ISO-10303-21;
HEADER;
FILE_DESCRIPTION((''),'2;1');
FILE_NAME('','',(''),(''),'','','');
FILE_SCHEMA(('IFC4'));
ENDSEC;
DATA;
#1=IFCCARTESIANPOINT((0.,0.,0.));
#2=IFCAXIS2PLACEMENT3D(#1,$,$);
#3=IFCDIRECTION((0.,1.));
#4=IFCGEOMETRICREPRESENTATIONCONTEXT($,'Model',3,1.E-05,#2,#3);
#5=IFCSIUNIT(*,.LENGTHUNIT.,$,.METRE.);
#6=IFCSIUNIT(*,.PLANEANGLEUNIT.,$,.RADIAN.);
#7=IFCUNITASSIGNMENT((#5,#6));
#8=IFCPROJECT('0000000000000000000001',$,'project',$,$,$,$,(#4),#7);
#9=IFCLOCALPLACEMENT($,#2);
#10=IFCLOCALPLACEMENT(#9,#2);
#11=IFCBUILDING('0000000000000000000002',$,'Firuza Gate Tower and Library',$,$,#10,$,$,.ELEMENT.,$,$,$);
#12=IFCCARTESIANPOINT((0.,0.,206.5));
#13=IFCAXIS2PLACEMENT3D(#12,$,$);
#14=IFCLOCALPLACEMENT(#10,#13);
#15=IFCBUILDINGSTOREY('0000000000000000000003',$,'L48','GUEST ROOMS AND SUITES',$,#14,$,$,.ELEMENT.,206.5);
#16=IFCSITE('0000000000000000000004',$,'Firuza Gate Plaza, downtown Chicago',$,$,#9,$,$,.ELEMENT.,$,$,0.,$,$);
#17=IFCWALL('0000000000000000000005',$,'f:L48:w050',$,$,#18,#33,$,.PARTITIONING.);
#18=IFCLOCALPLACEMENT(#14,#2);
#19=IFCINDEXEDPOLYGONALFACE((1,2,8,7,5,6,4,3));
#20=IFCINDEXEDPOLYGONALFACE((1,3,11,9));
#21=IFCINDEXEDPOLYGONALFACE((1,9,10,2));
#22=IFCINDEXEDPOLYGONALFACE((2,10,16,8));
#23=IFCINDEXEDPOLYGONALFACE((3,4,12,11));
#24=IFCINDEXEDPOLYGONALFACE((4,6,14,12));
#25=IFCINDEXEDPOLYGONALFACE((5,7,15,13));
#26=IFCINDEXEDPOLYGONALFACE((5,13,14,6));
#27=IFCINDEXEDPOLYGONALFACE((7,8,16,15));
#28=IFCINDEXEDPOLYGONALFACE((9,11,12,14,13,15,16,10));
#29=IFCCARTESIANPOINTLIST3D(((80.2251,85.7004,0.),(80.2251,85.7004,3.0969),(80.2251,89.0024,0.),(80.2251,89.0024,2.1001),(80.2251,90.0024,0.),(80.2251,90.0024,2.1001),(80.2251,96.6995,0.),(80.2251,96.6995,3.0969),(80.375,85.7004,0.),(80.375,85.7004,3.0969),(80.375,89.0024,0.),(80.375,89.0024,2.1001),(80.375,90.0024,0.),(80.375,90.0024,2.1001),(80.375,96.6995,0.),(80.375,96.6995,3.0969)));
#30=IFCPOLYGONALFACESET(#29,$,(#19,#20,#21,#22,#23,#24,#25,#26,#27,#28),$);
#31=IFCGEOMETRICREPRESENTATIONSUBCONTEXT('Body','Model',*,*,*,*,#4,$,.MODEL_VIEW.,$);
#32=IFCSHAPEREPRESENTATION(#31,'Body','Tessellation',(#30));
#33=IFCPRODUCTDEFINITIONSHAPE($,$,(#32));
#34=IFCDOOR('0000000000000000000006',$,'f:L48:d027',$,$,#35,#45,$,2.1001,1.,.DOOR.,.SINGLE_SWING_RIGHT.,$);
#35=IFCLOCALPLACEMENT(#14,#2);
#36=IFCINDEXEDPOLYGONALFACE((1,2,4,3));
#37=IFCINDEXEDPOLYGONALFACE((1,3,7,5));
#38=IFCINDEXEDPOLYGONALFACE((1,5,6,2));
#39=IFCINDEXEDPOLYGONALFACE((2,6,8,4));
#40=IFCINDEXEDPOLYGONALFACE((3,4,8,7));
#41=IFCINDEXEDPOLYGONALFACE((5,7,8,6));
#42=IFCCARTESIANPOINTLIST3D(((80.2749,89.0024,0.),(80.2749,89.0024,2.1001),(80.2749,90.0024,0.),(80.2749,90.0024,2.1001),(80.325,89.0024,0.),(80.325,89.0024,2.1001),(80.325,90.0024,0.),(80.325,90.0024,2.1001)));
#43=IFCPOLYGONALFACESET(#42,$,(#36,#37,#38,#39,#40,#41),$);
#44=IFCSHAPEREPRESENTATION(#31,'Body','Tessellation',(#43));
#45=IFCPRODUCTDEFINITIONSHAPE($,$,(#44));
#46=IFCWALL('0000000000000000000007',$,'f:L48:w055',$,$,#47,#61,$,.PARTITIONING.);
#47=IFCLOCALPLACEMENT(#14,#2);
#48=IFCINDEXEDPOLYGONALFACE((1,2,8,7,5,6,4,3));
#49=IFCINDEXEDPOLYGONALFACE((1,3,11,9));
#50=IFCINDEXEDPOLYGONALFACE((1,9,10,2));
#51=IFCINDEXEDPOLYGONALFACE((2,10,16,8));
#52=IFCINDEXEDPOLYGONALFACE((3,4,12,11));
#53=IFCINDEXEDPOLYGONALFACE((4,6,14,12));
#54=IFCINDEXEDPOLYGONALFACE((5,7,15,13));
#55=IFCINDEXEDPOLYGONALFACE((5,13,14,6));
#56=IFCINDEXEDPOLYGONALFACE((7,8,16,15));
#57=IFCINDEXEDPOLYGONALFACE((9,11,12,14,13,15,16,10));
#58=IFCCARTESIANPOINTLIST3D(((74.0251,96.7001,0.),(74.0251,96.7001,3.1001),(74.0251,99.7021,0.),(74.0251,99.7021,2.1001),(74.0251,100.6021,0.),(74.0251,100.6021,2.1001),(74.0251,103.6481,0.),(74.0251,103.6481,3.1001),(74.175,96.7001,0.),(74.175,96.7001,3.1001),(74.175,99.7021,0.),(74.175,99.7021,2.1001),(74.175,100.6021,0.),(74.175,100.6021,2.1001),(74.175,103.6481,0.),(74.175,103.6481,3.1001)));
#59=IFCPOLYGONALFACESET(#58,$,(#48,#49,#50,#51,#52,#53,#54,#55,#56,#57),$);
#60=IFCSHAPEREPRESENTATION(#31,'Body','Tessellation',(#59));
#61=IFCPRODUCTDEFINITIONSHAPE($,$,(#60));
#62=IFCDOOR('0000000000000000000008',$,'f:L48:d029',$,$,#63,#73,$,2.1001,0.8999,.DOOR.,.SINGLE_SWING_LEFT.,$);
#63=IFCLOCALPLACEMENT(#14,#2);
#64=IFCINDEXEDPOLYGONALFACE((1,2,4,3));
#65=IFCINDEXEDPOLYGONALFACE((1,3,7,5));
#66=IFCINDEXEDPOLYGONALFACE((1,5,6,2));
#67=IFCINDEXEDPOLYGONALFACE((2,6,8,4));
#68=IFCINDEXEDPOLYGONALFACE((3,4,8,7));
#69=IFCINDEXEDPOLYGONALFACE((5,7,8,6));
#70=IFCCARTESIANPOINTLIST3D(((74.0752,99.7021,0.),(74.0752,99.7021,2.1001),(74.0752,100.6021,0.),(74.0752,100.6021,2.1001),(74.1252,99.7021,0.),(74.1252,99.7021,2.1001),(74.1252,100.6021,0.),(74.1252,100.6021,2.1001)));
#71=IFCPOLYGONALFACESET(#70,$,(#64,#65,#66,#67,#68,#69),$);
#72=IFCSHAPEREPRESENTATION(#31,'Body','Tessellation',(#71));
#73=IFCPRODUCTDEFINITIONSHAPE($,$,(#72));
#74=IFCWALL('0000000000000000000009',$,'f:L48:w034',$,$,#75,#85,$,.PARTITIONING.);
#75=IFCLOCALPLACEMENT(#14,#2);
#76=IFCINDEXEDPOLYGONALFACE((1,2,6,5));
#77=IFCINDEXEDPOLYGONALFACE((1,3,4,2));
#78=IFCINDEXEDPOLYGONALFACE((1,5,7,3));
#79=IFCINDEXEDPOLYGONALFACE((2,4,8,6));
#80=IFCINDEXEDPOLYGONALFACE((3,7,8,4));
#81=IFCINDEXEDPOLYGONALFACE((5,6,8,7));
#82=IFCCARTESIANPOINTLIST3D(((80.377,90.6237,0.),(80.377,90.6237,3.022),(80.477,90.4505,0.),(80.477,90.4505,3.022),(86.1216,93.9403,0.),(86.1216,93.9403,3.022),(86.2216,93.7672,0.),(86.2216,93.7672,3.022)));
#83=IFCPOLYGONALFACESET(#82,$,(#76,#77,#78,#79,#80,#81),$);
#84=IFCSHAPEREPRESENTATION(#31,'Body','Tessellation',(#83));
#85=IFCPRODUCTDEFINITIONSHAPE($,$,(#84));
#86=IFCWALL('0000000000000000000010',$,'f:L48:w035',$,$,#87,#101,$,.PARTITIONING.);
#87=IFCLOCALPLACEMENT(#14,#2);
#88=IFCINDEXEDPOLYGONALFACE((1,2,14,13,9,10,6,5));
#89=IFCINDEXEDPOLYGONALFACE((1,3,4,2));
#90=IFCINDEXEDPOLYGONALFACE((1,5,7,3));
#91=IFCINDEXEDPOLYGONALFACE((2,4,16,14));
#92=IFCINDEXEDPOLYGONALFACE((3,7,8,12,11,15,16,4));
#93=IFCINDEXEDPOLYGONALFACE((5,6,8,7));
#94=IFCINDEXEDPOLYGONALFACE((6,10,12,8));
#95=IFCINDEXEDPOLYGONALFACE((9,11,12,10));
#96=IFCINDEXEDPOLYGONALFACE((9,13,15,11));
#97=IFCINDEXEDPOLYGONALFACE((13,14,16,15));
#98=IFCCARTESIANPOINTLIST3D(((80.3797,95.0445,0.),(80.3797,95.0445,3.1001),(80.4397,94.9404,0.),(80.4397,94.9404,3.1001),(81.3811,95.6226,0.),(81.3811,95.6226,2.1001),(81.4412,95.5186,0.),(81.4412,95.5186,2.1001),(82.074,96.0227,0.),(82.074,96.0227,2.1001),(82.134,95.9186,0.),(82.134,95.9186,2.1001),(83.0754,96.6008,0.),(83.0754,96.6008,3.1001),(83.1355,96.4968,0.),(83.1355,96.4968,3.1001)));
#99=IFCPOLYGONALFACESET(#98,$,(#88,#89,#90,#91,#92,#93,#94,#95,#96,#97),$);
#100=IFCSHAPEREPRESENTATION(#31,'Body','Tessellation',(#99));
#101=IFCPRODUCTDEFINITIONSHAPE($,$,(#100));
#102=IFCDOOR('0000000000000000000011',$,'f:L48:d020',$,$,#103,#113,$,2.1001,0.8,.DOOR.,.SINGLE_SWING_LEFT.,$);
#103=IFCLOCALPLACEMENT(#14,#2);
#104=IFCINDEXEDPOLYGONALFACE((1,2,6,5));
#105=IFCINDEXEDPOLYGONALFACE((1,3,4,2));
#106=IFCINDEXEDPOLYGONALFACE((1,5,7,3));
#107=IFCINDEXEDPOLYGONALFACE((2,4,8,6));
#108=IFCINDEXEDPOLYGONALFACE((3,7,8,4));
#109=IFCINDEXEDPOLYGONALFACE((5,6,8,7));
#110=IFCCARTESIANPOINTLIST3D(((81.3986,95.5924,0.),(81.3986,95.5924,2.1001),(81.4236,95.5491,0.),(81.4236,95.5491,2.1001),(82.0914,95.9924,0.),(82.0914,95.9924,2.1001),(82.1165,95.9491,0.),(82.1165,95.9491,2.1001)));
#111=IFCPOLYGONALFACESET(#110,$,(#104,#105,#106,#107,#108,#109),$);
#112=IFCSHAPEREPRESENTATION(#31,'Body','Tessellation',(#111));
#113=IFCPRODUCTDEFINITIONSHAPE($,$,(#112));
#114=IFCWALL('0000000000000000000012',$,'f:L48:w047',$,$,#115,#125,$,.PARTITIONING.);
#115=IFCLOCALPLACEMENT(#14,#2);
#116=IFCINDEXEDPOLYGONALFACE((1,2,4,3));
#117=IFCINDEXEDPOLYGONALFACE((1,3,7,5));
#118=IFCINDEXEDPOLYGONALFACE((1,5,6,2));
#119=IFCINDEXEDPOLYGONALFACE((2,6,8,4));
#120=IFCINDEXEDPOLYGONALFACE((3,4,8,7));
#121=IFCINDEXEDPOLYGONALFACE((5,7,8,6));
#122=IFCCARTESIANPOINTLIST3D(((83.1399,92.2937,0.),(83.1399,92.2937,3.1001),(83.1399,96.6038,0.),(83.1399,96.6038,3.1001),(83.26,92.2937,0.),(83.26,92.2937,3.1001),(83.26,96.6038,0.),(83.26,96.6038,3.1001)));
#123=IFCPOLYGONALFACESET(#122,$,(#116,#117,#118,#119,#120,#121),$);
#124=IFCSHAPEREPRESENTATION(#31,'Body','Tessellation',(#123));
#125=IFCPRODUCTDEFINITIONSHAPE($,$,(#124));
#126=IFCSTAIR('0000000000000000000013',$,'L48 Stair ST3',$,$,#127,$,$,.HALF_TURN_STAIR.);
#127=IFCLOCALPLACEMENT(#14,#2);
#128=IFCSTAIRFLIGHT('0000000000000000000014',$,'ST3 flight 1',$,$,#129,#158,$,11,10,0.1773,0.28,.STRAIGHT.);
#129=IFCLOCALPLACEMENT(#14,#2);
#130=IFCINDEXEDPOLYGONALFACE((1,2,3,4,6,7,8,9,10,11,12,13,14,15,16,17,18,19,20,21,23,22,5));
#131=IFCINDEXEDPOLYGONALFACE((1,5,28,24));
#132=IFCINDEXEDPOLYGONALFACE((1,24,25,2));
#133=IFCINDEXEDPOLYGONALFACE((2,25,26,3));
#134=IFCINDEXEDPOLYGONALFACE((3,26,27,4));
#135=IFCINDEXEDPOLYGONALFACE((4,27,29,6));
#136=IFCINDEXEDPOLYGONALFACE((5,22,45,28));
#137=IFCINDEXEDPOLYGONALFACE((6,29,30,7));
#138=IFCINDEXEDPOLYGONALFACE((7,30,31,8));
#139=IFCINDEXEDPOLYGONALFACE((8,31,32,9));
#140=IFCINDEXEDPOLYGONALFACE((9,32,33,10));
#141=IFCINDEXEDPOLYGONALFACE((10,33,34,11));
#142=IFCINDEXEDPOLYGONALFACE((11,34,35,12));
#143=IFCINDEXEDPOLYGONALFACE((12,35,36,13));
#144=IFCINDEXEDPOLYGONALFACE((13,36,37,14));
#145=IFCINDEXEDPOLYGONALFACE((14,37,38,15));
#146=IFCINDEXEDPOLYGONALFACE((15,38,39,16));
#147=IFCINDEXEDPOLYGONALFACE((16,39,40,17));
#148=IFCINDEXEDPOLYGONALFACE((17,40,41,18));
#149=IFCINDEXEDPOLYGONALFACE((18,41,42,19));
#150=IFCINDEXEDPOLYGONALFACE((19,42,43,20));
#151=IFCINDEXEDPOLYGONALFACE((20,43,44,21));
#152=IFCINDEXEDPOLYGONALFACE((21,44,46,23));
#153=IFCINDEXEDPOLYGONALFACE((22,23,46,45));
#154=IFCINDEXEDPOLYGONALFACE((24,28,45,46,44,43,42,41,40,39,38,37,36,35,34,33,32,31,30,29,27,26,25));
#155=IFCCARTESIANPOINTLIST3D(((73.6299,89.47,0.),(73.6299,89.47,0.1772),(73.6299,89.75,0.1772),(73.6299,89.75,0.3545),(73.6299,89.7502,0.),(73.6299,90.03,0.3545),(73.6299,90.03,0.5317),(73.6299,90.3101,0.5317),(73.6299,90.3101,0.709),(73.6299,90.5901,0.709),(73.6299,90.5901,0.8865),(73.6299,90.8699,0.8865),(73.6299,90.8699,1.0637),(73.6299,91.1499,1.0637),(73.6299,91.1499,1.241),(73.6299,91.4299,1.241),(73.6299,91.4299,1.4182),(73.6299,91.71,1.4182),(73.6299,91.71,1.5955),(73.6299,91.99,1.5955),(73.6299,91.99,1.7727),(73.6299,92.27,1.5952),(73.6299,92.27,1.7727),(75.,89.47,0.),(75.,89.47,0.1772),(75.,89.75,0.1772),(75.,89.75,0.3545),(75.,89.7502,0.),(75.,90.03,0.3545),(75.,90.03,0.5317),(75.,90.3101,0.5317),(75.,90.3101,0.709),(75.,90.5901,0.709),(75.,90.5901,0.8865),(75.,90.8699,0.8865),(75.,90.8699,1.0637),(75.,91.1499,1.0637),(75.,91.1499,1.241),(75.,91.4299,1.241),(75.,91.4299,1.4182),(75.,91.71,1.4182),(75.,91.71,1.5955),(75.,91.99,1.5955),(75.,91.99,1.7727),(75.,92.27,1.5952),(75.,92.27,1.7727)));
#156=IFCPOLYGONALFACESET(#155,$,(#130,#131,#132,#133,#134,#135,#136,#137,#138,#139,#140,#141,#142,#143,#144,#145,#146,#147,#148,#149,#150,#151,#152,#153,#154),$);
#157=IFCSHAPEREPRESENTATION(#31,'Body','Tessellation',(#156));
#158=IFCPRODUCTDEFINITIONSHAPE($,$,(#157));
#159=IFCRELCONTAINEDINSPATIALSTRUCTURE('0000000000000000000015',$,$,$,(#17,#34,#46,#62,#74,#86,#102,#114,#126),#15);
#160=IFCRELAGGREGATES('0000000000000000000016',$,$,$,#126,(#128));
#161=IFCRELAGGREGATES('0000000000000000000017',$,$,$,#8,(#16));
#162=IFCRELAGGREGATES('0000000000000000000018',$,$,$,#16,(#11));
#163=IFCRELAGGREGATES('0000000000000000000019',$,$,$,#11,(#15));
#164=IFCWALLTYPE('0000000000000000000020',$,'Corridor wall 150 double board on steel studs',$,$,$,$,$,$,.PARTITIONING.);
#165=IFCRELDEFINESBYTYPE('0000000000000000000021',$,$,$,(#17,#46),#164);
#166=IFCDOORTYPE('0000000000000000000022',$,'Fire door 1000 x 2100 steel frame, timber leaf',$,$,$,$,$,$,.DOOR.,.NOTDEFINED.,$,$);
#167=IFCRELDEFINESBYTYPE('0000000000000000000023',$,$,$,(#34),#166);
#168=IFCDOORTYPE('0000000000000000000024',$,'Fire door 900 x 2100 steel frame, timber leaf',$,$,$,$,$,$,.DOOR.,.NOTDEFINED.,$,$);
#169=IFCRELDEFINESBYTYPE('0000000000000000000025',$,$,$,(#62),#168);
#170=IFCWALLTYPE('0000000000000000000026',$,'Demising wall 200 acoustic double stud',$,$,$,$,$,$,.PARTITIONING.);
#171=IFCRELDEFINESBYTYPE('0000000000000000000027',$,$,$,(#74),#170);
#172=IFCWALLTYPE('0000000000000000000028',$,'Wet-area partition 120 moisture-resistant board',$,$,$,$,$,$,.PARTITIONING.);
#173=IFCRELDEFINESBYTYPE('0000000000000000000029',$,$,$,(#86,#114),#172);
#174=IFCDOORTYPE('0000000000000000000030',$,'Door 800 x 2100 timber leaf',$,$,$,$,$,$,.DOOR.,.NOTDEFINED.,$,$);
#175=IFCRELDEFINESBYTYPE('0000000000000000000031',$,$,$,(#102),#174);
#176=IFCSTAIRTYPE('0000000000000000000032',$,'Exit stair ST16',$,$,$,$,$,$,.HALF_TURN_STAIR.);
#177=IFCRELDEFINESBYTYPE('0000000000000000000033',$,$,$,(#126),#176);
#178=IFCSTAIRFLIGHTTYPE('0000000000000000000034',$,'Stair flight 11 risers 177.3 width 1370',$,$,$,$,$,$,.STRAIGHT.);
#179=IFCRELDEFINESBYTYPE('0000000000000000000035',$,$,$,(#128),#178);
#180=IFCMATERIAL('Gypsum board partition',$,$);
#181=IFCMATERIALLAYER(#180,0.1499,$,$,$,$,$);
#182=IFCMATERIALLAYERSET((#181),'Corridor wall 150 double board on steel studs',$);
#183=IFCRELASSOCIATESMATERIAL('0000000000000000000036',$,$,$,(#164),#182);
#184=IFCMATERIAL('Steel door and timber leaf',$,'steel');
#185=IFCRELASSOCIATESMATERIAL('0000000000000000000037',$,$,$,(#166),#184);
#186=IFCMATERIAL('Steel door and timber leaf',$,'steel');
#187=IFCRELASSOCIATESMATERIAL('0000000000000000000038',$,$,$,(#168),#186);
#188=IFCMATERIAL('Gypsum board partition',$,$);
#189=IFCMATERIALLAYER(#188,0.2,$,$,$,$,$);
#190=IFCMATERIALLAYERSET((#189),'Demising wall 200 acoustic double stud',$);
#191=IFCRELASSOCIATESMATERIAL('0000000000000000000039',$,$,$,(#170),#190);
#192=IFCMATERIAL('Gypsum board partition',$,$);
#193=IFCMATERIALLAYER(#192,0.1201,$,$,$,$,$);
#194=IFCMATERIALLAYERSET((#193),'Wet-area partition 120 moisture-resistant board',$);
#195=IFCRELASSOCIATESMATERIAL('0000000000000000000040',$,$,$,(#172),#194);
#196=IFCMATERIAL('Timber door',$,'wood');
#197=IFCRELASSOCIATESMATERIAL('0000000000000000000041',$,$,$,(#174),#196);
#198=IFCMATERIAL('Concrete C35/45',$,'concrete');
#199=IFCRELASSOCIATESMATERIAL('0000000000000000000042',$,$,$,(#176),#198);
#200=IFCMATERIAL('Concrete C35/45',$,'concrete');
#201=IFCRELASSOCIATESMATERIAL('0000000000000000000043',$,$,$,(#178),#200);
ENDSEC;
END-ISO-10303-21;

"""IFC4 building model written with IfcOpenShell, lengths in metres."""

from ifc_helpers import new_model, si_unit, direction, frame, frame_2d, origin, place, context, subcontext, project, spatial, polyline, rectangle, outline, extrude, material, layer, layer_set, type_object, element, fill, aggregate, save


model = new_model("IFC4")

# Units and contexts
model_context = context("Model", 3, precision=1e-05, world=origin(), true_north=direction((0.0, 1.0)))
body_context = subcontext(model_context, "Body", "Model", "MODEL_VIEW")
ifc_project = project(units=[si_unit("LENGTHUNIT", "METRE"), si_unit("PLANEANGLEUNIT", "RADIAN")], contexts=[model_context])

# Site, building, storey
site_placement = place(None, origin())
site = spatial("IfcSite", under=ifc_project, at=site_placement, Name="Firuza Gate Plaza, downtown Chicago", CompositionType="ELEMENT", RefElevation=0.0)
building_placement = place(site_placement, origin())
building = spatial("IfcBuilding", under=site, at=building_placement, Name="Firuza Gate Tower and Library", CompositionType="ELEMENT")
storey_placement = place(building_placement, frame((0.0, 0.0, 206.5)))
storey = spatial("IfcBuildingStorey", under=building, at=storey_placement, Name="L48", Description="GUEST ROOMS AND SUITES", CompositionType="ELEMENT", Elevation=206.5)

# Shared definitions
placement = place(storey_placement, origin())

# Walls, openings, doors
ifc_material_1 = material(Name="Gypsum board partition")
ifc_layer_1 = layer(ifc_material_1, 0.1499)
ifc_layer_set_1 = layer_set([ifc_layer_1], Name="Corridor wall 150 double board on steel studs")
wall_type_1 = type_object("IfcWallType", Name="Corridor wall 150 double board on steel studs", PredefinedType="PARTITIONING", material=ifc_layer_set_1)
ifc_material_2 = material(Name="Steel door and timber leaf", Category="steel")
door_type_1 = type_object("IfcDoorType", Name="Fire door 1000 x 2100 steel frame, timber leaf", OperationType="NOTDEFINED", PredefinedType="DOOR", material=ifc_material_2)
wall_1_placement = place(storey_placement, frame((80.3, 96.6995, 0.0), z_axis=(0.0, 0.0, 1.0), x_axis=(0.0, -1.0, 0.0)))
wall_1 = element("IfcWall", 1, at=wall_1_placement, inside=storey, type_object=wall_type_1, Name="f:L48:w050", PredefinedType="PARTITIONING", context=body_context, shape_type="SweptSolid", body=[
    extrude(rectangle(XDim=10.999, YDim=0.1499, at=frame_2d((5.4995, 0.0))), origin(), (0.0, 0.0, 1.0), 3.0969),
])
opening_1_placement = place(wall_1_placement, frame((6.697, 0.0, 0.0)))
opening_1 = element("IfcOpeningElement", 2, at=opening_1_placement, cuts=wall_1, PredefinedType="OPENING", context=body_context, shape_type="SweptSolid", body=[
    extrude(rectangle(XDim=1.0, YDim=2.1001, at=frame_2d((0.5, 1.05))), frame((0.0, 0.085, 0.0), z_axis=(0.0, -1.0, 0.0), x_axis=(1.0, 0.0, 0.0)), (0.0, 0.0, 1.0), 0.1699),
])
door_1_placement = place(opening_1_placement, origin())
door_1 = element("IfcDoor", 3, at=door_1_placement, inside=storey, type_object=door_type_1, Name="f:L48:d027", OperationType="SINGLE_SWING_RIGHT", OverallHeight=2.1001, OverallWidth=1.0, PredefinedType="DOOR", context=body_context, shape_type="SweptSolid", body=[
    extrude(rectangle(XDim=1.0, YDim=2.1001, at=frame_2d((0.5, 1.05))), frame((0.0, 0.0249, 0.0), z_axis=(0.0, -1.0, 0.0), x_axis=(1.0, 0.0, 0.0)), (0.0, 0.0, 1.0), 0.05),
])
fill(opening_1, door_1)
wall_2_placement = place(storey_placement, frame((74.1001, 96.7, 0.0), z_axis=(0.0, 0.0, 1.0), x_axis=(0.0, 1.0, 0.0)))
wall_2 = element("IfcWall", 4, at=wall_2_placement, inside=storey, type_object=wall_type_1, Name="f:L48:w055", PredefinedType="PARTITIONING", context=body_context, shape_type="SweptSolid", body=[
    extrude(rectangle(XDim=6.948, YDim=0.1499, at=frame_2d((3.4741, 0.0))), origin(), (0.0, 0.0, 1.0), 3.1001),
])
opening_2_placement = place(wall_2_placement, frame((3.0022, 0.0, 0.0)))
opening_2 = element("IfcOpeningElement", 5, at=opening_2_placement, cuts=wall_2, PredefinedType="OPENING", context=body_context, shape_type="SweptSolid", body=[
    extrude(rectangle(XDim=0.8999, YDim=2.1001, at=frame_2d((0.45, 1.05))), frame((0.0, 0.085, 0.0), z_axis=(0.0, -1.0, 0.0), x_axis=(1.0, 0.0, 0.0)), (0.0, 0.0, 1.0), 0.1699),
])
ifc_material_3 = material(Name="Steel door and timber leaf", Category="steel")
door_type_2 = type_object("IfcDoorType", Name="Fire door 900 x 2100 steel frame, timber leaf", OperationType="NOTDEFINED", PredefinedType="DOOR", material=ifc_material_3)
door_2_placement = place(opening_2_placement, origin())
door_2 = element("IfcDoor", 6, at=door_2_placement, inside=storey, type_object=door_type_2, Name="f:L48:d029", OperationType="SINGLE_SWING_LEFT", OverallHeight=2.1001, OverallWidth=0.8999, PredefinedType="DOOR", context=body_context, shape_type="SweptSolid", body=[
    extrude(rectangle(XDim=0.8999, YDim=2.1001, at=frame_2d((0.45, 1.05))), frame((0.0, 0.0249, 0.0), z_axis=(0.0, -1.0, 0.0), x_axis=(1.0, 0.0, 0.0)), (0.0, 0.0, 1.0), 0.05),
])
fill(opening_2, door_2)

# Wall
ifc_material_4 = material(Name="Gypsum board partition")
ifc_layer_2 = layer(ifc_material_4, 0.2)
ifc_layer_set_2 = layer_set([ifc_layer_2], Name="Demising wall 200 acoustic double stud")
wall_type_2 = type_object("IfcWallType", Name="Demising wall 200 acoustic double stud", PredefinedType="PARTITIONING", material=ifc_layer_set_2)
wall_3_placement = place(storey_placement, frame((80.427, 90.5371, 0.0), z_axis=(0.0, 0.0, 1.0), x_axis=(0.866026, 0.499999, 0.0)))
element("IfcWall", 7, at=wall_3_placement, inside=storey, type_object=wall_type_2, Name="f:L48:w034", PredefinedType="PARTITIONING", context=body_context, shape_type="SweptSolid", body=[
    extrude(rectangle(XDim=6.6333, YDim=0.2, at=frame_2d((3.3167, 0.0))), origin(), (0.0, 0.0, 1.0), 3.022),
])

# Wall, opening, door
ifc_material_5 = material(Name="Gypsum board partition")
ifc_layer_3 = layer(ifc_material_5, 0.1201)
ifc_layer_set_3 = layer_set([ifc_layer_3], Name="Wet-area partition 120 moisture-resistant board")
wall_type_3 = type_object("IfcWallType", Name="Wet-area partition 120 moisture-resistant board", PredefinedType="PARTITIONING", material=ifc_layer_set_3)
wall_4_placement = place(storey_placement, frame((83.1055, 96.5488, 0.0), z_axis=(0.0, 0.0, 1.0), x_axis=(-0.866029, -0.499994, 0.0)))
wall_4 = element("IfcWall", 8, at=wall_4_placement, inside=storey, type_object=wall_type_3, Name="f:L48:w035", PredefinedType="PARTITIONING", context=body_context, shape_type="SweptSolid", body=[
    extrude(rectangle(XDim=3.1128, YDim=0.1201, at=frame_2d((1.5564, 0.0))), origin(), (0.0, 0.0, 1.0), 3.1001),
])
opening_3_placement = place(wall_4_placement, frame((1.1565, 0.0, 0.0)))
opening_3 = element("IfcOpeningElement", 9, at=opening_3_placement, cuts=wall_4, PredefinedType="OPENING", context=body_context, shape_type="SweptSolid", body=[
    extrude(rectangle(XDim=0.8, YDim=2.1001, at=frame_2d((0.3999, 1.05))), frame((0.0, 0.0701, 0.0), z_axis=(0.0, -1.0, 0.0), x_axis=(1.0, 0.0, 0.0)), (0.0, 0.0, 1.0), 0.1401),
])
ifc_material_6 = material(Name="Timber door", Category="wood")
door_type_3 = type_object("IfcDoorType", Name="Door 800 x 2100 timber leaf", OperationType="NOTDEFINED", PredefinedType="DOOR", material=ifc_material_6)
door_3_placement = place(opening_3_placement, origin())
door_3 = element("IfcDoor", 10, at=door_3_placement, inside=storey, type_object=door_type_3, Name="f:L48:d020", OperationType="SINGLE_SWING_LEFT", OverallHeight=2.1001, OverallWidth=0.8, PredefinedType="DOOR", context=body_context, shape_type="SweptSolid", body=[
    extrude(rectangle(XDim=0.8, YDim=2.1001, at=frame_2d((0.3999, 1.05))), frame((0.0, 0.0249, 0.0), z_axis=(0.0, -1.0, 0.0), x_axis=(1.0, 0.0, 0.0)), (0.0, 0.0, 1.0), 0.05),
])
fill(opening_3, door_3)

# Wall
wall_5_placement = place(storey_placement, frame((83.2, 92.2937, 0.0), z_axis=(0.0, 0.0, 1.0), x_axis=(0.0, 1.0, 0.0)))
element("IfcWall", 11, at=wall_5_placement, inside=storey, type_object=wall_type_3, Name="f:L48:w047", PredefinedType="PARTITIONING", context=body_context, shape_type="SweptSolid", body=[
    extrude(rectangle(XDim=4.3101, YDim=0.1201, at=frame_2d((2.155, 0.0))), origin(), (0.0, 0.0, 1.0), 3.1001),
])

# Stair, stair flight
ifc_material_7 = material(Name="Concrete C35/45", Category="concrete")
stair_type = type_object("IfcStairType", Name="Exit stair ST16", PredefinedType="HALF_TURN_STAIR", material=ifc_material_7)
stair = element("IfcStair", 12, at=placement, inside=storey, type_object=stair_type, Name="L48 Stair ST3", PredefinedType="HALF_TURN_STAIR")
ifc_material_8 = material(Name="Concrete C35/45", Category="concrete")
stair_flight_type = type_object("IfcStairFlightType", Name="Stair flight 11 risers 177.3 width 1370", PredefinedType="STRAIGHT", material=ifc_material_8)
stair_flight_placement = place(storey_placement, frame((74.3149, 89.47, 0.0), z_axis=(0.0, 0.0, 1.0), x_axis=(0.0, 1.0, 0.0)))
stair_flight = element("IfcStairFlight", 13, at=stair_flight_placement, type_object=stair_flight_type, Name="ST3 flight 1", NumberOfRisers=11, NumberOfTreads=10, PredefinedType="STRAIGHT", RiserHeight=0.1773, TreadLength=0.28, context=body_context, shape_type="SweptSolid", body=[
    extrude(outline(polyline([(0.0, 0.0), (0.0, 0.1772), (0.28, 0.1772), (0.28, 0.3545), (0.5601, 0.3545), (0.5601, 0.5317), (0.8401, 0.5317), (0.8401, 0.709), (1.1201, 0.709), (1.1201, 0.8865), (1.3999, 0.8865), (1.3999, 1.0637), (1.6799, 1.0637), (1.6799, 1.241), (1.96, 1.241), (1.96, 1.4182), (2.24, 1.4182), (2.24, 1.5955), (2.52, 1.5955), (2.52, 1.7727), (2.8, 1.7727), (2.8, 1.95), (2.8, 1.5952), (0.2803, 0.0), (0.0, 0.0)])), frame((0.0, 0.6851, 0.0), z_axis=(0.0, -1.0, 0.0), x_axis=(1.0, 0.0, 0.0)), (0.0, 0.0, 1.0), 1.3701),
])
aggregate(stair, [stair_flight])

save(model, "model.ifc")
